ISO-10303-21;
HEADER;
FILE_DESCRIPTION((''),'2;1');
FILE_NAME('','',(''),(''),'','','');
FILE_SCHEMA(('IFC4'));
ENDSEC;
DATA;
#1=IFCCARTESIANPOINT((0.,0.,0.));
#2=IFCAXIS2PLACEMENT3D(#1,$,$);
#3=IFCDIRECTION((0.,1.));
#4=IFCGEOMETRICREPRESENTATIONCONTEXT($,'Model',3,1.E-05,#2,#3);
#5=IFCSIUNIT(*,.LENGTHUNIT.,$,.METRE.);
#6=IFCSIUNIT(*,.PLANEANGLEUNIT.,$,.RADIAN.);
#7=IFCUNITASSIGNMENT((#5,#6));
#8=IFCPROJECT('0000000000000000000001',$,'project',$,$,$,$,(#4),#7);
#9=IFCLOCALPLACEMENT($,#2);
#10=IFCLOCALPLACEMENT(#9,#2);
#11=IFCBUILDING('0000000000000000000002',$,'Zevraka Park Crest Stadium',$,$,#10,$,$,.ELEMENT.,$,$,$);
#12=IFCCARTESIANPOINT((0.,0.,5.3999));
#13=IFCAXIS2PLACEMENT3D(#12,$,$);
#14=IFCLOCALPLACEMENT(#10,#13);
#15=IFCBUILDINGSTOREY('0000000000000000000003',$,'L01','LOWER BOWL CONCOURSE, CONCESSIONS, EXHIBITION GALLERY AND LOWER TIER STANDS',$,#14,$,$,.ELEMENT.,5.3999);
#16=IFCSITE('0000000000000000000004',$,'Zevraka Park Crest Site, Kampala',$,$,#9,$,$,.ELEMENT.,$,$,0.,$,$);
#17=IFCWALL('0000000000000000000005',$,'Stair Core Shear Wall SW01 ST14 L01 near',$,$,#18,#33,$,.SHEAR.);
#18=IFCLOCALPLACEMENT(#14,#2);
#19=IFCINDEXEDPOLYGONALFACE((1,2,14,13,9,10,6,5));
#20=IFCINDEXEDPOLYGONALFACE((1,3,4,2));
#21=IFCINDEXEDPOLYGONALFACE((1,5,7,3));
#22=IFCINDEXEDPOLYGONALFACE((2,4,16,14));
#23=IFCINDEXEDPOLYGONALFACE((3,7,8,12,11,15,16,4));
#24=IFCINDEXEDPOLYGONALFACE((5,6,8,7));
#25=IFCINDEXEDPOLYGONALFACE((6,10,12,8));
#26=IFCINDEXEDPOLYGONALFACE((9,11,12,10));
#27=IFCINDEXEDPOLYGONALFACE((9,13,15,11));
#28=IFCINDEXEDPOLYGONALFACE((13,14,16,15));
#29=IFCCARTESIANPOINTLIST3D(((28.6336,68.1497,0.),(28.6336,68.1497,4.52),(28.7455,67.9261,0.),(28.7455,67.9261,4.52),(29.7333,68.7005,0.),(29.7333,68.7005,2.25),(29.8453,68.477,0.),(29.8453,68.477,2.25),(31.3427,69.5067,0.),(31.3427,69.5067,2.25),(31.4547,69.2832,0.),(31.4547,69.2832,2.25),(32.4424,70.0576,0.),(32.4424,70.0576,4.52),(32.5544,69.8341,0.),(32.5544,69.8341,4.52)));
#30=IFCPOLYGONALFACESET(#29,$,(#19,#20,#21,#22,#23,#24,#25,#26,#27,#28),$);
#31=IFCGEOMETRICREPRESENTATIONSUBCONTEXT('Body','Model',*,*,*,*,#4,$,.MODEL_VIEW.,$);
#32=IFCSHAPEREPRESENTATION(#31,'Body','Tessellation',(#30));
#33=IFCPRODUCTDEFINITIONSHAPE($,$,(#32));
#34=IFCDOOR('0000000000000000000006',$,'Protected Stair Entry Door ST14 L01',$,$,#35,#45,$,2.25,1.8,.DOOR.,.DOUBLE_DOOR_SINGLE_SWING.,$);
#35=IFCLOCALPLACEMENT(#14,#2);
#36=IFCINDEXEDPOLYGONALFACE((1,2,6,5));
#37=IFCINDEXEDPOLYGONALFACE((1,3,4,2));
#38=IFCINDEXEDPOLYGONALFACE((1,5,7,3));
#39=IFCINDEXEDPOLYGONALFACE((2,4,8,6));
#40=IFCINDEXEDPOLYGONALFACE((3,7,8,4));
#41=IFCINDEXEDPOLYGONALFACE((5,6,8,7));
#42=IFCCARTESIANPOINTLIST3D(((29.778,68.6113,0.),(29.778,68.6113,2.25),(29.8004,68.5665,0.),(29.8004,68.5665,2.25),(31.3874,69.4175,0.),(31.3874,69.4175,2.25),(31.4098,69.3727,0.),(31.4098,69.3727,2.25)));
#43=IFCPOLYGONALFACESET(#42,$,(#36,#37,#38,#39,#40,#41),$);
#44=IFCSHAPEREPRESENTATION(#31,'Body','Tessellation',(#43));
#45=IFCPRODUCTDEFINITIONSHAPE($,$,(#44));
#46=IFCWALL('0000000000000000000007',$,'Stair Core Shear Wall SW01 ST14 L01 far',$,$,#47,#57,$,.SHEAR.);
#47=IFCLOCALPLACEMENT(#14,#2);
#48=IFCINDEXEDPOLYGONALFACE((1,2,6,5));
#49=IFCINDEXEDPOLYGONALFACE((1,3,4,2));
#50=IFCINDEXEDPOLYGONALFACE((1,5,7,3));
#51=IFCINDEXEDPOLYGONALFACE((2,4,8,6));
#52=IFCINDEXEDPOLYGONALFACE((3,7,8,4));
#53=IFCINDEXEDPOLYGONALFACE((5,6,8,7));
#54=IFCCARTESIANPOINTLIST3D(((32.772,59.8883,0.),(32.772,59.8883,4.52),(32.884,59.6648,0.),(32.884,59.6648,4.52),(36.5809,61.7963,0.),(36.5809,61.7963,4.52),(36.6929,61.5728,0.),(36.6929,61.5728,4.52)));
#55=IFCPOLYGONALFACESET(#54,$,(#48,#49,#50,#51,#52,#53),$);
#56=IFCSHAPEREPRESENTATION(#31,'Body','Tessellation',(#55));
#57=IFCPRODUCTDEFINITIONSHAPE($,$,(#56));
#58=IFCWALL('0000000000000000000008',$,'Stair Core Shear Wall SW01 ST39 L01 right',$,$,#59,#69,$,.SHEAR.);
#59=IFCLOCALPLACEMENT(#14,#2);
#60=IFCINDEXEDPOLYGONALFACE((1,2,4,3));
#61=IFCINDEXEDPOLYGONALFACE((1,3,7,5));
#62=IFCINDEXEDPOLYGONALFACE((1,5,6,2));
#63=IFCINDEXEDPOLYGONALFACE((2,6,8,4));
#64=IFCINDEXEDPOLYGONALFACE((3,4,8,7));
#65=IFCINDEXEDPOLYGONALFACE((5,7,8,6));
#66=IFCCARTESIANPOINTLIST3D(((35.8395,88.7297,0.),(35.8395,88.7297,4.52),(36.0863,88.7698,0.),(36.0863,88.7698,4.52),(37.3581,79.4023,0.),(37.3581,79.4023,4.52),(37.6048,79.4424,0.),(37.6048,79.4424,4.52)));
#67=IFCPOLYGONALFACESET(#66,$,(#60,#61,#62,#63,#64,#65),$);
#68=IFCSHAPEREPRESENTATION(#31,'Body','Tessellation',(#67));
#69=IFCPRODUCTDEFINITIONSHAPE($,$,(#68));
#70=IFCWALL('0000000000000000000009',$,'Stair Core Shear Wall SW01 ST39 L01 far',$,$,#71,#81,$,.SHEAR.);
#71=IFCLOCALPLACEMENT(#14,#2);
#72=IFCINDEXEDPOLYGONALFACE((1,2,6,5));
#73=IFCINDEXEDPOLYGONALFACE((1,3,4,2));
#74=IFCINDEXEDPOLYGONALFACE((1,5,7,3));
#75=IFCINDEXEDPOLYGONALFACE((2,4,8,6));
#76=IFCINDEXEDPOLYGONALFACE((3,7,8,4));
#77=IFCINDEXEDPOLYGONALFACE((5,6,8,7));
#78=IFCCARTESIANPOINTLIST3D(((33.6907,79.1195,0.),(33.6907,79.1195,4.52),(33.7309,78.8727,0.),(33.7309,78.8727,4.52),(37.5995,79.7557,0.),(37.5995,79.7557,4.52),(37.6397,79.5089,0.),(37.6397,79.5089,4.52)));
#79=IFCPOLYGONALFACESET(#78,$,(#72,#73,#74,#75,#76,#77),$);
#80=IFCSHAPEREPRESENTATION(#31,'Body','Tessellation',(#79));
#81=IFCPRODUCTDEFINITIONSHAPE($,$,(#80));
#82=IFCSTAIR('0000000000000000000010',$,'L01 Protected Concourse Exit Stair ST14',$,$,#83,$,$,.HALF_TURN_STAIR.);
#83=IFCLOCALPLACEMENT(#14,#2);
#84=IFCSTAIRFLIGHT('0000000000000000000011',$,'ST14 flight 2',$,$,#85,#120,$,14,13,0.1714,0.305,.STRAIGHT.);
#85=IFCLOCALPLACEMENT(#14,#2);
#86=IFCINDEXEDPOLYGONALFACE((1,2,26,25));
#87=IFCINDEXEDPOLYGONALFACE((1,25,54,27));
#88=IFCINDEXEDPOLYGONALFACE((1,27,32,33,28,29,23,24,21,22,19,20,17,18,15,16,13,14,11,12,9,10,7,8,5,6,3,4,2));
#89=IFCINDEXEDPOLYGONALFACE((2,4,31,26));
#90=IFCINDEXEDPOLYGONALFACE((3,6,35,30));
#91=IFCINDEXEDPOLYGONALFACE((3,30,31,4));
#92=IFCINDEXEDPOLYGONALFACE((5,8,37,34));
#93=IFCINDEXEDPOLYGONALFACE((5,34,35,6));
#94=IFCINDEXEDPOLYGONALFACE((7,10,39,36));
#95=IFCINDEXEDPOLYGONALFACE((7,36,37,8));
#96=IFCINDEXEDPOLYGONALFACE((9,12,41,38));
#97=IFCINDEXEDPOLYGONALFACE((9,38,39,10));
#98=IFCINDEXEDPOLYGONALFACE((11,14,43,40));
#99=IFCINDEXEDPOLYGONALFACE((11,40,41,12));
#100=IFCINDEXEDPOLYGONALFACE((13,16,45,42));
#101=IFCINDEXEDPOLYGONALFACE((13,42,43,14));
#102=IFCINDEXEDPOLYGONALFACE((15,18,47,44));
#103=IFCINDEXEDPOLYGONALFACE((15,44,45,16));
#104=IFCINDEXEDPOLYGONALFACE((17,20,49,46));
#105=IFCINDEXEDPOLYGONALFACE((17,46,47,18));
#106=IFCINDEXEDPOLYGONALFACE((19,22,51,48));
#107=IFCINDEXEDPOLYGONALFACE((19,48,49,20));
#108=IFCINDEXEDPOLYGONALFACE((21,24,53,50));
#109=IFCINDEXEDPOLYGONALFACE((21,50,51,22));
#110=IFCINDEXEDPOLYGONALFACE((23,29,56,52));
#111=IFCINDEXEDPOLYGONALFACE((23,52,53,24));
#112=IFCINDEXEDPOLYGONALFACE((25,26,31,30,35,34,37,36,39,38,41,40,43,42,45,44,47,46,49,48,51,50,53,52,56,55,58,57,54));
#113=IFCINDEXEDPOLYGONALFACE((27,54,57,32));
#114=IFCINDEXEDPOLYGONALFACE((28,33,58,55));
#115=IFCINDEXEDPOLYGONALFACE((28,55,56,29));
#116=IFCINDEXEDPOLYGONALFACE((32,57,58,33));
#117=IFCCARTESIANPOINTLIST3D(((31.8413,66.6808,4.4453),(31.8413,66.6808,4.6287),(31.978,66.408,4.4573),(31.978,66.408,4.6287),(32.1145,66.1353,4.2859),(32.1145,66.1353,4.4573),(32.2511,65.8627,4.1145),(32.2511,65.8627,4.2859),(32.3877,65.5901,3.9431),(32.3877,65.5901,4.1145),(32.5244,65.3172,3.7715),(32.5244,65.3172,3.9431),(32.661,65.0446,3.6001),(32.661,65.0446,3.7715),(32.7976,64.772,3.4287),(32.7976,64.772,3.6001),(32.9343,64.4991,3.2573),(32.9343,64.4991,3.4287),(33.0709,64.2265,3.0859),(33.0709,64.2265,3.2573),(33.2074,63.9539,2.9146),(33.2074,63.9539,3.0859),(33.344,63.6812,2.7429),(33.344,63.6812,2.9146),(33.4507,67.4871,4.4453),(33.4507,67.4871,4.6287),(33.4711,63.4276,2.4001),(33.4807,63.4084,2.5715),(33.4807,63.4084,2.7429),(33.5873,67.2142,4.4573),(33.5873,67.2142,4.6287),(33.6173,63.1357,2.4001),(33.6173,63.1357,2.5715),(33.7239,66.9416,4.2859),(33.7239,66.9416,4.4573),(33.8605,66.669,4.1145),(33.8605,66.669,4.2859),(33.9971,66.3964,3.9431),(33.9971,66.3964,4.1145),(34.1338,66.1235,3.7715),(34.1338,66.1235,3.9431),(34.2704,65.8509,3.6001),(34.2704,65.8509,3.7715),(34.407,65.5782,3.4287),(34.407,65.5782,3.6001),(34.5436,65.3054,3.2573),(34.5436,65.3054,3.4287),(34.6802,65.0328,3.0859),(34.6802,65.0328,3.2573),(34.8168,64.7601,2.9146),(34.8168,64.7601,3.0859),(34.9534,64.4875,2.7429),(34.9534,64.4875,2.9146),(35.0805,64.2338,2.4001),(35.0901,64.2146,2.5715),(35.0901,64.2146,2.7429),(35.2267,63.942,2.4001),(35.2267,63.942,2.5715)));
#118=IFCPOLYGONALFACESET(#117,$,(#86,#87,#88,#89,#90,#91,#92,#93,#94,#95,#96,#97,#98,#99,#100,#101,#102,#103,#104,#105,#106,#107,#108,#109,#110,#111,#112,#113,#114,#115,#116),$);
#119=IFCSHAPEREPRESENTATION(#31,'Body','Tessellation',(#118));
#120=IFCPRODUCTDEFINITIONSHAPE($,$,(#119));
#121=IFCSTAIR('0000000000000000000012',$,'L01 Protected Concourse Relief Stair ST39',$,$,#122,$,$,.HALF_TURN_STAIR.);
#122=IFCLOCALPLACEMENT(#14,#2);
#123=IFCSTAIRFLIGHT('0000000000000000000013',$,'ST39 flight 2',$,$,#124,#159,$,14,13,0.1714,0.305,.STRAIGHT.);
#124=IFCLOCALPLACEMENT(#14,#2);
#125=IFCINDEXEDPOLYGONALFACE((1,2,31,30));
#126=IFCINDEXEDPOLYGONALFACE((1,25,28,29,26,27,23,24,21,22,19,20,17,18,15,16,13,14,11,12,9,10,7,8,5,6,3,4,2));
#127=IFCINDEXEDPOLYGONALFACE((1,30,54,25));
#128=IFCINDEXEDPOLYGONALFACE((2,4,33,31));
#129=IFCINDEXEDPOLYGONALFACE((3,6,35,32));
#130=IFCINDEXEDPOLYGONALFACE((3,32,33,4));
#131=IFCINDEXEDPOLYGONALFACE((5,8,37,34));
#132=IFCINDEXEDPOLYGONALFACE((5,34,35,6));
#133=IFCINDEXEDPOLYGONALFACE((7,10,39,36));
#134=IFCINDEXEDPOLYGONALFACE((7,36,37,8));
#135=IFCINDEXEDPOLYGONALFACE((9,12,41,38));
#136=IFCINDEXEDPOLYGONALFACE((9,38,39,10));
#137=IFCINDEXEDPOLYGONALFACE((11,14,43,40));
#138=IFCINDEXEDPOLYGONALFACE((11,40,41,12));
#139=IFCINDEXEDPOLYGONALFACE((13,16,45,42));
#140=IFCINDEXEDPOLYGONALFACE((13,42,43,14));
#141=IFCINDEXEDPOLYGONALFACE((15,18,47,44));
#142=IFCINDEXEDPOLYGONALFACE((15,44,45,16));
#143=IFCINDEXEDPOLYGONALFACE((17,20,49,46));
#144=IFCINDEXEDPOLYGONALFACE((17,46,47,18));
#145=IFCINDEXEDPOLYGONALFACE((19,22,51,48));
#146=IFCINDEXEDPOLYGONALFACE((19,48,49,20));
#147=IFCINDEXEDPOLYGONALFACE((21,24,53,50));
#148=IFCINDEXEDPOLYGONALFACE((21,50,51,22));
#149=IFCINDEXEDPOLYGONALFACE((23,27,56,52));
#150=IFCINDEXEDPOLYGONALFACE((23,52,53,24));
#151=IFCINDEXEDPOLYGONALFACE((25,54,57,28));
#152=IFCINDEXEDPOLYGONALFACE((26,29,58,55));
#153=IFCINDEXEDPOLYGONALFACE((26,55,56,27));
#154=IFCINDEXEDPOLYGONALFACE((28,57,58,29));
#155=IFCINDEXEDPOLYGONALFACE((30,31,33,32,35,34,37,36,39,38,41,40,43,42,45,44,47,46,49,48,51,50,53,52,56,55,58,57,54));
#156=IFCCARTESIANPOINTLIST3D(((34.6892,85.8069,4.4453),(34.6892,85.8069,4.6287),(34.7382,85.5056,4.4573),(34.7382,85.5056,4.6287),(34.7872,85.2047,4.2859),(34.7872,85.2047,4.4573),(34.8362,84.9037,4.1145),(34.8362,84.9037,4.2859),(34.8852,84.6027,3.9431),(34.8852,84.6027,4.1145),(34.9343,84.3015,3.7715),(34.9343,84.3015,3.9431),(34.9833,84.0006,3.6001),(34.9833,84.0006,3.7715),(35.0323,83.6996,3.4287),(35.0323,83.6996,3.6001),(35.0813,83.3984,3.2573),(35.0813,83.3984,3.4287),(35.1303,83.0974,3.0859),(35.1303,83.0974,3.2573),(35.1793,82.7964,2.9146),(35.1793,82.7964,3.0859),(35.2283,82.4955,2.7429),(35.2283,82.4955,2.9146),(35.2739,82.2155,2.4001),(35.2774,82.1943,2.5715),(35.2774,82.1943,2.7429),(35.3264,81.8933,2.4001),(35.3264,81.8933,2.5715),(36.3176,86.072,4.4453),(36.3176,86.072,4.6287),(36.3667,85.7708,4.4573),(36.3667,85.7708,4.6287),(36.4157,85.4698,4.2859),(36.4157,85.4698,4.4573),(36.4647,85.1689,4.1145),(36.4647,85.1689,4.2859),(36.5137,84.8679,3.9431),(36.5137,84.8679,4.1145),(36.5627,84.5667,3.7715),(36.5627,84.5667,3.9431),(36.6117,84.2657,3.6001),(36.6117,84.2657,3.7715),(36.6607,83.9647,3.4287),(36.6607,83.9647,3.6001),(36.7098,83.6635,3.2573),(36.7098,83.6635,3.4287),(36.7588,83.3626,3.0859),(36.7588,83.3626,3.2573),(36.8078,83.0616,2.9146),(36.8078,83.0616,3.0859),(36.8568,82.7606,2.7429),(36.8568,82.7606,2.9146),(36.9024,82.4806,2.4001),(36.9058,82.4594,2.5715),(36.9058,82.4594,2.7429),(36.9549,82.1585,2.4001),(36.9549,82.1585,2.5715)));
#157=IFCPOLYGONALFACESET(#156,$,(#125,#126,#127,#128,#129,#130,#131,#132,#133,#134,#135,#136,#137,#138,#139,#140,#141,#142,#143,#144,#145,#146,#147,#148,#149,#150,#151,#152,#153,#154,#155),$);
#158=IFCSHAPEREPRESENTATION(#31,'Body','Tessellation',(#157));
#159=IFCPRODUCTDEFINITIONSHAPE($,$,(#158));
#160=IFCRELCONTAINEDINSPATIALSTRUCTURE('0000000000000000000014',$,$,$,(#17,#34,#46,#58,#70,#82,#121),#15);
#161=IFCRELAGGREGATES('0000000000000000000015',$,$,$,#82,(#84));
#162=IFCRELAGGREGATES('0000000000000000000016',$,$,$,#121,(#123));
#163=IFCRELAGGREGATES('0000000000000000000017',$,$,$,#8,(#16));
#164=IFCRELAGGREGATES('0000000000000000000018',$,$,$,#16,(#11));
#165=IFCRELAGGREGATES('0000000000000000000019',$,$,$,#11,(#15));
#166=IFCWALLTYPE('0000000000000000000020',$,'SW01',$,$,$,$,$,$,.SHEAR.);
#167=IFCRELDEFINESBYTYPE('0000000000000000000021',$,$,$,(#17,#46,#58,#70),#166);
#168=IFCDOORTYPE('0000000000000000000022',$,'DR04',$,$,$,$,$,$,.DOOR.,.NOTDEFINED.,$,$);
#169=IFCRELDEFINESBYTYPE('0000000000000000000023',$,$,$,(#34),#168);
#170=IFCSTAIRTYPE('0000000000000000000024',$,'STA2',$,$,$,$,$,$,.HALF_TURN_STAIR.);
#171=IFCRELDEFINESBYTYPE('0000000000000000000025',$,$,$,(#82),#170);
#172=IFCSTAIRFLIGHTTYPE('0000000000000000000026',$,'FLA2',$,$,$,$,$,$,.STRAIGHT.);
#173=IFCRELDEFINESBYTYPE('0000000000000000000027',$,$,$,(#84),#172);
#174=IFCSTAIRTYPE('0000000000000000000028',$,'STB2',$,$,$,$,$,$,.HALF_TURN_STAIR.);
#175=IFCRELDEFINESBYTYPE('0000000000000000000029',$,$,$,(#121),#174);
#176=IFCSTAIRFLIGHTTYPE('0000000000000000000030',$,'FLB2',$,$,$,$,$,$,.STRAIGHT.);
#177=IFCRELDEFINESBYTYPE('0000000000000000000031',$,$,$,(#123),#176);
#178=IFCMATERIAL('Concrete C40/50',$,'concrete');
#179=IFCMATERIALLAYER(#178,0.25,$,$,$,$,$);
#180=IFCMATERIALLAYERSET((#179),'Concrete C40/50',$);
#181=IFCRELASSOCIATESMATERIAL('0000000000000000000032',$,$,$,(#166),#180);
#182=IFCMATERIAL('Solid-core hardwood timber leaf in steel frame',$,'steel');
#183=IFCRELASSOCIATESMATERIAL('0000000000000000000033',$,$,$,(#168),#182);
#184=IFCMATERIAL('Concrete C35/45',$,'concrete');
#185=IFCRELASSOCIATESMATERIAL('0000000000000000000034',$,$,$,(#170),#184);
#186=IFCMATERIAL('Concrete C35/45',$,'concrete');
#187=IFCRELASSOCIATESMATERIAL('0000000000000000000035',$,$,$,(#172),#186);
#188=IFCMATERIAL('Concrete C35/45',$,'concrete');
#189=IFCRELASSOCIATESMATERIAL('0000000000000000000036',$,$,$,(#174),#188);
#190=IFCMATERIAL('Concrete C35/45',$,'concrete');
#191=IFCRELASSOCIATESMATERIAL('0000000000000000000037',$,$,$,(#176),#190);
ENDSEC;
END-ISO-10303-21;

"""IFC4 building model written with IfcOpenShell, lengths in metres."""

from ifc_helpers import new_model, si_unit, direction, frame, frame_2d, origin, place, context, subcontext, project, spatial, polyline, rectangle, outline, extrude, material, layer, layer_set, type_object, element, fill, aggregate, save


model = new_model("IFC4")

# Units and contexts
model_context = context("Model", 3, precision=1e-05, world=origin(), true_north=direction((0.0, 1.0)))
body_context = subcontext(model_context, "Body", "Model", "MODEL_VIEW")
ifc_project = project(units=[si_unit("LENGTHUNIT", "METRE"), si_unit("PLANEANGLEUNIT", "RADIAN")], contexts=[model_context])

# Site, building, storey
site_placement = place(None, origin())
site = spatial("IfcSite", under=ifc_project, at=site_placement, Name="Zevraka Park Crest Site, Kampala", CompositionType="ELEMENT", RefElevation=0.0)
building_placement = place(site_placement, origin())
building = spatial("IfcBuilding", under=site, at=building_placement, Name="Zevraka Park Crest Stadium", CompositionType="ELEMENT")
storey_placement = place(building_placement, frame((0.0, 0.0, 5.3999)))
storey = spatial("IfcBuildingStorey", under=building, at=storey_placement, Name="L01", Description="LOWER BOWL CONCOURSE, CONCESSIONS, EXHIBITION GALLERY AND LOWER TIER STANDS", CompositionType="ELEMENT", Elevation=5.3999)

# Shared definitions
ifc_material_1 = material(Name="Concrete C40/50", Category="concrete")
ifc_layer = layer(ifc_material_1, 0.25)
ifc_layer_set = layer_set([ifc_layer], Name="Concrete C40/50")
wall_type = type_object("IfcWallType", Name="SW01", PredefinedType="SHEAR", material=ifc_layer_set)

# Wall, opening, door
wall_1_placement = place(storey_placement, frame((32.4983, 69.9458, 0.0), z_axis=(0.0, 0.0, 1.0), x_axis=(-0.894095, -0.447878, 0.0)))
wall_1 = element("IfcWall", 1, at=wall_1_placement, inside=storey, type_object=wall_type, Name="Stair Core Shear Wall SW01 ST14 L01 near", PredefinedType="SHEAR", context=body_context, shape_type="SweptSolid", body=[
    extrude(rectangle(XDim=4.26, YDim=0.25, at=frame_2d((2.1299, 0.0))), origin(), (0.0, 0.0, 1.0), 4.52),
])
opening_placement = place(wall_1_placement, frame((1.23, 0.0, 0.0)))
opening = element("IfcOpeningElement", 2, at=opening_placement, cuts=wall_1, PredefinedType="OPENING", context=body_context, shape_type="SweptSolid", body=[
    extrude(rectangle(XDim=1.8, YDim=2.25, at=frame_2d((0.8999, 1.125))), frame((0.0, 0.135, 0.0), z_axis=(0.0, -1.0, 0.0), x_axis=(1.0, 0.0, 0.0)), (0.0, 0.0, 1.0), 0.27),
])
ifc_material_2 = material(Name="Solid-core hardwood timber leaf in steel frame", Category="steel")
door_type = type_object("IfcDoorType", Name="DR04", OperationType="NOTDEFINED", PredefinedType="DOOR", material=ifc_material_2)
door_placement = place(opening_placement, origin())
door = element("IfcDoor", 3, at=door_placement, inside=storey, type_object=door_type, Name="Protected Stair Entry Door ST14 L01", OperationType="DOUBLE_DOOR_SINGLE_SWING", OverallHeight=2.25, OverallWidth=1.8, PredefinedType="DOOR", context=body_context, shape_type="SweptSolid", body=[
    extrude(rectangle(XDim=1.8, YDim=2.25, at=frame_2d((0.8999, 1.125))), frame((0.0, 0.0249, 0.0), z_axis=(0.0, -1.0, 0.0), x_axis=(1.0, 0.0, 0.0)), (0.0, 0.0, 1.0), 0.05),
])
fill(opening, door)

# Walls
wall_2_placement = place(storey_placement, frame((32.8281, 59.7766, 0.0), z_axis=(0.0, 0.0, 1.0), x_axis=(0.894095, 0.447878, 0.0)))
element("IfcWall", 4, at=wall_2_placement, inside=storey, type_object=wall_type, Name="Stair Core Shear Wall SW01 ST14 L01 far", PredefinedType="SHEAR", context=body_context, shape_type="SweptSolid", body=[
    extrude(rectangle(XDim=4.26, YDim=0.25, at=frame_2d((2.1299, 0.0))), origin(), (0.0, 0.0, 1.0), 4.52),
])
wall_3_placement = place(storey_placement, frame((37.4814, 79.4224, 0.0), z_axis=(0.0, 0.0, 1.0), x_axis=(-0.16069, 0.987005, 0.0)))
element("IfcWall", 5, at=wall_3_placement, inside=storey, type_object=wall_type, Name="Stair Core Shear Wall SW01 ST39 L01 right", PredefinedType="SHEAR", context=body_context, shape_type="SweptSolid", body=[
    extrude(rectangle(XDim=9.4502, YDim=0.25, at=frame_2d((4.7251, 0.0))), origin(), (0.0, 0.0, 1.0), 4.52),
])
wall_4_placement = place(storey_placement, frame((33.7109, 78.9961, 0.0), z_axis=(0.0, 0.0, 1.0), x_axis=(0.98701, 0.160659, 0.0)))
element("IfcWall", 6, at=wall_4_placement, inside=storey, type_object=wall_type, Name="Stair Core Shear Wall SW01 ST39 L01 far", PredefinedType="SHEAR", context=body_context, shape_type="SweptSolid", body=[
    extrude(rectangle(XDim=3.9602, YDim=0.25, at=frame_2d((1.98, 0.0))), origin(), (0.0, 0.0, 1.0), 4.52),
])

# Stairs, stair flights
ifc_material_3 = material(Name="Concrete C35/45", Category="concrete")
stair_type_1 = type_object("IfcStairType", Name="STA2", PredefinedType="HALF_TURN_STAIR", material=ifc_material_3)
stair_1_placement = place(storey_placement, origin())
stair_1 = element("IfcStair", 7, at=stair_1_placement, inside=storey, type_object=stair_type_1, Name="L01 Protected Concourse Exit Stair ST14", PredefinedType="HALF_TURN_STAIR")
ifc_material_4 = material(Name="Concrete C35/45", Category="concrete")
stair_flight_type_1 = type_object("IfcStairFlightType", Name="FLA2", PredefinedType="STRAIGHT", material=ifc_material_4)
stair_flight_1_placement = place(storey_placement, frame((34.4219, 63.5388, 2.4001), z_axis=(0.0, 0.0, 1.0), x_axis=(-0.447915, 0.894076, 0.0)))
stair_flight_1 = element("IfcStairFlight", 8, at=stair_flight_1_placement, type_object=stair_flight_type_1, Name="ST14 flight 2", NumberOfRisers=14, NumberOfTreads=13, PredefinedType="STRAIGHT", RiserHeight=0.1714, TreadLength=0.305, context=body_context, shape_type="SweptSolid", body=[
    extrude(outline(polyline([(0.0, 0.0), (0.0, 0.1714), (0.3049, 0.1714), (0.3049, 0.3428), (0.6101, 0.3428), (0.6101, 0.5144), (0.915, 0.5144), (0.915, 0.6858), (1.22, 0.6858), (1.22, 0.8572), (1.5249, 0.8572), (1.5249, 1.0286), (1.8301, 1.0286), (1.8301, 1.2), (2.135, 1.2), (2.135, 1.3713), (2.4399, 1.3713), (2.4399, 1.543), (2.7451, 1.543), (2.7451, 1.7144), (3.05, 1.7144), (3.05, 1.8857), (3.355, 1.8857), (3.355, 2.0571), (3.6599, 2.0571), (3.6599, 2.2285), (3.9651, 2.2285), (3.9651, 2.3999), (3.9651, 2.0452), (0.3264, 0.0), (0.0, 0.0)])), frame((0.0, 0.8999, 0.0), z_axis=(0.0, -1.0, 0.0), x_axis=(1.0, 0.0, 0.0)), (0.0, 0.0, 1.0), 1.8),
])
aggregate(stair_1, [stair_flight_1])
ifc_material_5 = material(Name="Concrete C35/45", Category="concrete")
stair_type_2 = type_object("IfcStairType", Name="STB2", PredefinedType="HALF_TURN_STAIR", material=ifc_material_5)
stair_2_placement = place(storey_placement, origin())
stair_2 = element("IfcStair", 9, at=stair_2_placement, inside=storey, type_object=stair_type_2, Name="L01 Protected Concourse Relief Stair ST39", PredefinedType="HALF_TURN_STAIR")
ifc_material_6 = material(Name="Concrete C35/45", Category="concrete")
stair_flight_type_2 = type_object("IfcStairFlightType", Name="FLB2", PredefinedType="STRAIGHT", material=ifc_material_6)
stair_flight_2_placement = place(storey_placement, frame((36.1406, 82.0259, 2.4001), z_axis=(0.0, 0.0, 1.0), x_axis=(-0.160706, 0.987002, 0.0)))
stair_flight_2 = element("IfcStairFlight", 10, at=stair_flight_2_placement, type_object=stair_flight_type_2, Name="ST39 flight 2", NumberOfRisers=14, NumberOfTreads=13, PredefinedType="STRAIGHT", RiserHeight=0.1714, TreadLength=0.305, context=body_context, shape_type="SweptSolid", body=[
    extrude(outline(polyline([(0.0, 0.0), (0.0, 0.1714), (0.3049, 0.1714), (0.3049, 0.3428), (0.6101, 0.3428), (0.6101, 0.5144), (0.915, 0.5144), (0.915, 0.6858), (1.22, 0.6858), (1.22, 0.8572), (1.5249, 0.8572), (1.5249, 1.0286), (1.8301, 1.0286), (1.8301, 1.2), (2.135, 1.2), (2.135, 1.3713), (2.4399, 1.3713), (2.4399, 1.543), (2.7451, 1.543), (2.7451, 1.7144), (3.05, 1.7144), (3.05, 1.8857), (3.355, 1.8857), (3.355, 2.0571), (3.6599, 2.0571), (3.6599, 2.2285), (3.9651, 2.2285), (3.9651, 2.3999), (3.9651, 2.0452), (0.3264, 0.0), (0.0, 0.0)])), frame((0.0, 0.825, 0.0), z_axis=(0.0, -1.0, 0.0), x_axis=(1.0, 0.0, 0.0)), (0.0, 0.0, 1.0), 1.6499),
])
aggregate(stair_2, [stair_flight_2])

save(model, "model.ifc")
